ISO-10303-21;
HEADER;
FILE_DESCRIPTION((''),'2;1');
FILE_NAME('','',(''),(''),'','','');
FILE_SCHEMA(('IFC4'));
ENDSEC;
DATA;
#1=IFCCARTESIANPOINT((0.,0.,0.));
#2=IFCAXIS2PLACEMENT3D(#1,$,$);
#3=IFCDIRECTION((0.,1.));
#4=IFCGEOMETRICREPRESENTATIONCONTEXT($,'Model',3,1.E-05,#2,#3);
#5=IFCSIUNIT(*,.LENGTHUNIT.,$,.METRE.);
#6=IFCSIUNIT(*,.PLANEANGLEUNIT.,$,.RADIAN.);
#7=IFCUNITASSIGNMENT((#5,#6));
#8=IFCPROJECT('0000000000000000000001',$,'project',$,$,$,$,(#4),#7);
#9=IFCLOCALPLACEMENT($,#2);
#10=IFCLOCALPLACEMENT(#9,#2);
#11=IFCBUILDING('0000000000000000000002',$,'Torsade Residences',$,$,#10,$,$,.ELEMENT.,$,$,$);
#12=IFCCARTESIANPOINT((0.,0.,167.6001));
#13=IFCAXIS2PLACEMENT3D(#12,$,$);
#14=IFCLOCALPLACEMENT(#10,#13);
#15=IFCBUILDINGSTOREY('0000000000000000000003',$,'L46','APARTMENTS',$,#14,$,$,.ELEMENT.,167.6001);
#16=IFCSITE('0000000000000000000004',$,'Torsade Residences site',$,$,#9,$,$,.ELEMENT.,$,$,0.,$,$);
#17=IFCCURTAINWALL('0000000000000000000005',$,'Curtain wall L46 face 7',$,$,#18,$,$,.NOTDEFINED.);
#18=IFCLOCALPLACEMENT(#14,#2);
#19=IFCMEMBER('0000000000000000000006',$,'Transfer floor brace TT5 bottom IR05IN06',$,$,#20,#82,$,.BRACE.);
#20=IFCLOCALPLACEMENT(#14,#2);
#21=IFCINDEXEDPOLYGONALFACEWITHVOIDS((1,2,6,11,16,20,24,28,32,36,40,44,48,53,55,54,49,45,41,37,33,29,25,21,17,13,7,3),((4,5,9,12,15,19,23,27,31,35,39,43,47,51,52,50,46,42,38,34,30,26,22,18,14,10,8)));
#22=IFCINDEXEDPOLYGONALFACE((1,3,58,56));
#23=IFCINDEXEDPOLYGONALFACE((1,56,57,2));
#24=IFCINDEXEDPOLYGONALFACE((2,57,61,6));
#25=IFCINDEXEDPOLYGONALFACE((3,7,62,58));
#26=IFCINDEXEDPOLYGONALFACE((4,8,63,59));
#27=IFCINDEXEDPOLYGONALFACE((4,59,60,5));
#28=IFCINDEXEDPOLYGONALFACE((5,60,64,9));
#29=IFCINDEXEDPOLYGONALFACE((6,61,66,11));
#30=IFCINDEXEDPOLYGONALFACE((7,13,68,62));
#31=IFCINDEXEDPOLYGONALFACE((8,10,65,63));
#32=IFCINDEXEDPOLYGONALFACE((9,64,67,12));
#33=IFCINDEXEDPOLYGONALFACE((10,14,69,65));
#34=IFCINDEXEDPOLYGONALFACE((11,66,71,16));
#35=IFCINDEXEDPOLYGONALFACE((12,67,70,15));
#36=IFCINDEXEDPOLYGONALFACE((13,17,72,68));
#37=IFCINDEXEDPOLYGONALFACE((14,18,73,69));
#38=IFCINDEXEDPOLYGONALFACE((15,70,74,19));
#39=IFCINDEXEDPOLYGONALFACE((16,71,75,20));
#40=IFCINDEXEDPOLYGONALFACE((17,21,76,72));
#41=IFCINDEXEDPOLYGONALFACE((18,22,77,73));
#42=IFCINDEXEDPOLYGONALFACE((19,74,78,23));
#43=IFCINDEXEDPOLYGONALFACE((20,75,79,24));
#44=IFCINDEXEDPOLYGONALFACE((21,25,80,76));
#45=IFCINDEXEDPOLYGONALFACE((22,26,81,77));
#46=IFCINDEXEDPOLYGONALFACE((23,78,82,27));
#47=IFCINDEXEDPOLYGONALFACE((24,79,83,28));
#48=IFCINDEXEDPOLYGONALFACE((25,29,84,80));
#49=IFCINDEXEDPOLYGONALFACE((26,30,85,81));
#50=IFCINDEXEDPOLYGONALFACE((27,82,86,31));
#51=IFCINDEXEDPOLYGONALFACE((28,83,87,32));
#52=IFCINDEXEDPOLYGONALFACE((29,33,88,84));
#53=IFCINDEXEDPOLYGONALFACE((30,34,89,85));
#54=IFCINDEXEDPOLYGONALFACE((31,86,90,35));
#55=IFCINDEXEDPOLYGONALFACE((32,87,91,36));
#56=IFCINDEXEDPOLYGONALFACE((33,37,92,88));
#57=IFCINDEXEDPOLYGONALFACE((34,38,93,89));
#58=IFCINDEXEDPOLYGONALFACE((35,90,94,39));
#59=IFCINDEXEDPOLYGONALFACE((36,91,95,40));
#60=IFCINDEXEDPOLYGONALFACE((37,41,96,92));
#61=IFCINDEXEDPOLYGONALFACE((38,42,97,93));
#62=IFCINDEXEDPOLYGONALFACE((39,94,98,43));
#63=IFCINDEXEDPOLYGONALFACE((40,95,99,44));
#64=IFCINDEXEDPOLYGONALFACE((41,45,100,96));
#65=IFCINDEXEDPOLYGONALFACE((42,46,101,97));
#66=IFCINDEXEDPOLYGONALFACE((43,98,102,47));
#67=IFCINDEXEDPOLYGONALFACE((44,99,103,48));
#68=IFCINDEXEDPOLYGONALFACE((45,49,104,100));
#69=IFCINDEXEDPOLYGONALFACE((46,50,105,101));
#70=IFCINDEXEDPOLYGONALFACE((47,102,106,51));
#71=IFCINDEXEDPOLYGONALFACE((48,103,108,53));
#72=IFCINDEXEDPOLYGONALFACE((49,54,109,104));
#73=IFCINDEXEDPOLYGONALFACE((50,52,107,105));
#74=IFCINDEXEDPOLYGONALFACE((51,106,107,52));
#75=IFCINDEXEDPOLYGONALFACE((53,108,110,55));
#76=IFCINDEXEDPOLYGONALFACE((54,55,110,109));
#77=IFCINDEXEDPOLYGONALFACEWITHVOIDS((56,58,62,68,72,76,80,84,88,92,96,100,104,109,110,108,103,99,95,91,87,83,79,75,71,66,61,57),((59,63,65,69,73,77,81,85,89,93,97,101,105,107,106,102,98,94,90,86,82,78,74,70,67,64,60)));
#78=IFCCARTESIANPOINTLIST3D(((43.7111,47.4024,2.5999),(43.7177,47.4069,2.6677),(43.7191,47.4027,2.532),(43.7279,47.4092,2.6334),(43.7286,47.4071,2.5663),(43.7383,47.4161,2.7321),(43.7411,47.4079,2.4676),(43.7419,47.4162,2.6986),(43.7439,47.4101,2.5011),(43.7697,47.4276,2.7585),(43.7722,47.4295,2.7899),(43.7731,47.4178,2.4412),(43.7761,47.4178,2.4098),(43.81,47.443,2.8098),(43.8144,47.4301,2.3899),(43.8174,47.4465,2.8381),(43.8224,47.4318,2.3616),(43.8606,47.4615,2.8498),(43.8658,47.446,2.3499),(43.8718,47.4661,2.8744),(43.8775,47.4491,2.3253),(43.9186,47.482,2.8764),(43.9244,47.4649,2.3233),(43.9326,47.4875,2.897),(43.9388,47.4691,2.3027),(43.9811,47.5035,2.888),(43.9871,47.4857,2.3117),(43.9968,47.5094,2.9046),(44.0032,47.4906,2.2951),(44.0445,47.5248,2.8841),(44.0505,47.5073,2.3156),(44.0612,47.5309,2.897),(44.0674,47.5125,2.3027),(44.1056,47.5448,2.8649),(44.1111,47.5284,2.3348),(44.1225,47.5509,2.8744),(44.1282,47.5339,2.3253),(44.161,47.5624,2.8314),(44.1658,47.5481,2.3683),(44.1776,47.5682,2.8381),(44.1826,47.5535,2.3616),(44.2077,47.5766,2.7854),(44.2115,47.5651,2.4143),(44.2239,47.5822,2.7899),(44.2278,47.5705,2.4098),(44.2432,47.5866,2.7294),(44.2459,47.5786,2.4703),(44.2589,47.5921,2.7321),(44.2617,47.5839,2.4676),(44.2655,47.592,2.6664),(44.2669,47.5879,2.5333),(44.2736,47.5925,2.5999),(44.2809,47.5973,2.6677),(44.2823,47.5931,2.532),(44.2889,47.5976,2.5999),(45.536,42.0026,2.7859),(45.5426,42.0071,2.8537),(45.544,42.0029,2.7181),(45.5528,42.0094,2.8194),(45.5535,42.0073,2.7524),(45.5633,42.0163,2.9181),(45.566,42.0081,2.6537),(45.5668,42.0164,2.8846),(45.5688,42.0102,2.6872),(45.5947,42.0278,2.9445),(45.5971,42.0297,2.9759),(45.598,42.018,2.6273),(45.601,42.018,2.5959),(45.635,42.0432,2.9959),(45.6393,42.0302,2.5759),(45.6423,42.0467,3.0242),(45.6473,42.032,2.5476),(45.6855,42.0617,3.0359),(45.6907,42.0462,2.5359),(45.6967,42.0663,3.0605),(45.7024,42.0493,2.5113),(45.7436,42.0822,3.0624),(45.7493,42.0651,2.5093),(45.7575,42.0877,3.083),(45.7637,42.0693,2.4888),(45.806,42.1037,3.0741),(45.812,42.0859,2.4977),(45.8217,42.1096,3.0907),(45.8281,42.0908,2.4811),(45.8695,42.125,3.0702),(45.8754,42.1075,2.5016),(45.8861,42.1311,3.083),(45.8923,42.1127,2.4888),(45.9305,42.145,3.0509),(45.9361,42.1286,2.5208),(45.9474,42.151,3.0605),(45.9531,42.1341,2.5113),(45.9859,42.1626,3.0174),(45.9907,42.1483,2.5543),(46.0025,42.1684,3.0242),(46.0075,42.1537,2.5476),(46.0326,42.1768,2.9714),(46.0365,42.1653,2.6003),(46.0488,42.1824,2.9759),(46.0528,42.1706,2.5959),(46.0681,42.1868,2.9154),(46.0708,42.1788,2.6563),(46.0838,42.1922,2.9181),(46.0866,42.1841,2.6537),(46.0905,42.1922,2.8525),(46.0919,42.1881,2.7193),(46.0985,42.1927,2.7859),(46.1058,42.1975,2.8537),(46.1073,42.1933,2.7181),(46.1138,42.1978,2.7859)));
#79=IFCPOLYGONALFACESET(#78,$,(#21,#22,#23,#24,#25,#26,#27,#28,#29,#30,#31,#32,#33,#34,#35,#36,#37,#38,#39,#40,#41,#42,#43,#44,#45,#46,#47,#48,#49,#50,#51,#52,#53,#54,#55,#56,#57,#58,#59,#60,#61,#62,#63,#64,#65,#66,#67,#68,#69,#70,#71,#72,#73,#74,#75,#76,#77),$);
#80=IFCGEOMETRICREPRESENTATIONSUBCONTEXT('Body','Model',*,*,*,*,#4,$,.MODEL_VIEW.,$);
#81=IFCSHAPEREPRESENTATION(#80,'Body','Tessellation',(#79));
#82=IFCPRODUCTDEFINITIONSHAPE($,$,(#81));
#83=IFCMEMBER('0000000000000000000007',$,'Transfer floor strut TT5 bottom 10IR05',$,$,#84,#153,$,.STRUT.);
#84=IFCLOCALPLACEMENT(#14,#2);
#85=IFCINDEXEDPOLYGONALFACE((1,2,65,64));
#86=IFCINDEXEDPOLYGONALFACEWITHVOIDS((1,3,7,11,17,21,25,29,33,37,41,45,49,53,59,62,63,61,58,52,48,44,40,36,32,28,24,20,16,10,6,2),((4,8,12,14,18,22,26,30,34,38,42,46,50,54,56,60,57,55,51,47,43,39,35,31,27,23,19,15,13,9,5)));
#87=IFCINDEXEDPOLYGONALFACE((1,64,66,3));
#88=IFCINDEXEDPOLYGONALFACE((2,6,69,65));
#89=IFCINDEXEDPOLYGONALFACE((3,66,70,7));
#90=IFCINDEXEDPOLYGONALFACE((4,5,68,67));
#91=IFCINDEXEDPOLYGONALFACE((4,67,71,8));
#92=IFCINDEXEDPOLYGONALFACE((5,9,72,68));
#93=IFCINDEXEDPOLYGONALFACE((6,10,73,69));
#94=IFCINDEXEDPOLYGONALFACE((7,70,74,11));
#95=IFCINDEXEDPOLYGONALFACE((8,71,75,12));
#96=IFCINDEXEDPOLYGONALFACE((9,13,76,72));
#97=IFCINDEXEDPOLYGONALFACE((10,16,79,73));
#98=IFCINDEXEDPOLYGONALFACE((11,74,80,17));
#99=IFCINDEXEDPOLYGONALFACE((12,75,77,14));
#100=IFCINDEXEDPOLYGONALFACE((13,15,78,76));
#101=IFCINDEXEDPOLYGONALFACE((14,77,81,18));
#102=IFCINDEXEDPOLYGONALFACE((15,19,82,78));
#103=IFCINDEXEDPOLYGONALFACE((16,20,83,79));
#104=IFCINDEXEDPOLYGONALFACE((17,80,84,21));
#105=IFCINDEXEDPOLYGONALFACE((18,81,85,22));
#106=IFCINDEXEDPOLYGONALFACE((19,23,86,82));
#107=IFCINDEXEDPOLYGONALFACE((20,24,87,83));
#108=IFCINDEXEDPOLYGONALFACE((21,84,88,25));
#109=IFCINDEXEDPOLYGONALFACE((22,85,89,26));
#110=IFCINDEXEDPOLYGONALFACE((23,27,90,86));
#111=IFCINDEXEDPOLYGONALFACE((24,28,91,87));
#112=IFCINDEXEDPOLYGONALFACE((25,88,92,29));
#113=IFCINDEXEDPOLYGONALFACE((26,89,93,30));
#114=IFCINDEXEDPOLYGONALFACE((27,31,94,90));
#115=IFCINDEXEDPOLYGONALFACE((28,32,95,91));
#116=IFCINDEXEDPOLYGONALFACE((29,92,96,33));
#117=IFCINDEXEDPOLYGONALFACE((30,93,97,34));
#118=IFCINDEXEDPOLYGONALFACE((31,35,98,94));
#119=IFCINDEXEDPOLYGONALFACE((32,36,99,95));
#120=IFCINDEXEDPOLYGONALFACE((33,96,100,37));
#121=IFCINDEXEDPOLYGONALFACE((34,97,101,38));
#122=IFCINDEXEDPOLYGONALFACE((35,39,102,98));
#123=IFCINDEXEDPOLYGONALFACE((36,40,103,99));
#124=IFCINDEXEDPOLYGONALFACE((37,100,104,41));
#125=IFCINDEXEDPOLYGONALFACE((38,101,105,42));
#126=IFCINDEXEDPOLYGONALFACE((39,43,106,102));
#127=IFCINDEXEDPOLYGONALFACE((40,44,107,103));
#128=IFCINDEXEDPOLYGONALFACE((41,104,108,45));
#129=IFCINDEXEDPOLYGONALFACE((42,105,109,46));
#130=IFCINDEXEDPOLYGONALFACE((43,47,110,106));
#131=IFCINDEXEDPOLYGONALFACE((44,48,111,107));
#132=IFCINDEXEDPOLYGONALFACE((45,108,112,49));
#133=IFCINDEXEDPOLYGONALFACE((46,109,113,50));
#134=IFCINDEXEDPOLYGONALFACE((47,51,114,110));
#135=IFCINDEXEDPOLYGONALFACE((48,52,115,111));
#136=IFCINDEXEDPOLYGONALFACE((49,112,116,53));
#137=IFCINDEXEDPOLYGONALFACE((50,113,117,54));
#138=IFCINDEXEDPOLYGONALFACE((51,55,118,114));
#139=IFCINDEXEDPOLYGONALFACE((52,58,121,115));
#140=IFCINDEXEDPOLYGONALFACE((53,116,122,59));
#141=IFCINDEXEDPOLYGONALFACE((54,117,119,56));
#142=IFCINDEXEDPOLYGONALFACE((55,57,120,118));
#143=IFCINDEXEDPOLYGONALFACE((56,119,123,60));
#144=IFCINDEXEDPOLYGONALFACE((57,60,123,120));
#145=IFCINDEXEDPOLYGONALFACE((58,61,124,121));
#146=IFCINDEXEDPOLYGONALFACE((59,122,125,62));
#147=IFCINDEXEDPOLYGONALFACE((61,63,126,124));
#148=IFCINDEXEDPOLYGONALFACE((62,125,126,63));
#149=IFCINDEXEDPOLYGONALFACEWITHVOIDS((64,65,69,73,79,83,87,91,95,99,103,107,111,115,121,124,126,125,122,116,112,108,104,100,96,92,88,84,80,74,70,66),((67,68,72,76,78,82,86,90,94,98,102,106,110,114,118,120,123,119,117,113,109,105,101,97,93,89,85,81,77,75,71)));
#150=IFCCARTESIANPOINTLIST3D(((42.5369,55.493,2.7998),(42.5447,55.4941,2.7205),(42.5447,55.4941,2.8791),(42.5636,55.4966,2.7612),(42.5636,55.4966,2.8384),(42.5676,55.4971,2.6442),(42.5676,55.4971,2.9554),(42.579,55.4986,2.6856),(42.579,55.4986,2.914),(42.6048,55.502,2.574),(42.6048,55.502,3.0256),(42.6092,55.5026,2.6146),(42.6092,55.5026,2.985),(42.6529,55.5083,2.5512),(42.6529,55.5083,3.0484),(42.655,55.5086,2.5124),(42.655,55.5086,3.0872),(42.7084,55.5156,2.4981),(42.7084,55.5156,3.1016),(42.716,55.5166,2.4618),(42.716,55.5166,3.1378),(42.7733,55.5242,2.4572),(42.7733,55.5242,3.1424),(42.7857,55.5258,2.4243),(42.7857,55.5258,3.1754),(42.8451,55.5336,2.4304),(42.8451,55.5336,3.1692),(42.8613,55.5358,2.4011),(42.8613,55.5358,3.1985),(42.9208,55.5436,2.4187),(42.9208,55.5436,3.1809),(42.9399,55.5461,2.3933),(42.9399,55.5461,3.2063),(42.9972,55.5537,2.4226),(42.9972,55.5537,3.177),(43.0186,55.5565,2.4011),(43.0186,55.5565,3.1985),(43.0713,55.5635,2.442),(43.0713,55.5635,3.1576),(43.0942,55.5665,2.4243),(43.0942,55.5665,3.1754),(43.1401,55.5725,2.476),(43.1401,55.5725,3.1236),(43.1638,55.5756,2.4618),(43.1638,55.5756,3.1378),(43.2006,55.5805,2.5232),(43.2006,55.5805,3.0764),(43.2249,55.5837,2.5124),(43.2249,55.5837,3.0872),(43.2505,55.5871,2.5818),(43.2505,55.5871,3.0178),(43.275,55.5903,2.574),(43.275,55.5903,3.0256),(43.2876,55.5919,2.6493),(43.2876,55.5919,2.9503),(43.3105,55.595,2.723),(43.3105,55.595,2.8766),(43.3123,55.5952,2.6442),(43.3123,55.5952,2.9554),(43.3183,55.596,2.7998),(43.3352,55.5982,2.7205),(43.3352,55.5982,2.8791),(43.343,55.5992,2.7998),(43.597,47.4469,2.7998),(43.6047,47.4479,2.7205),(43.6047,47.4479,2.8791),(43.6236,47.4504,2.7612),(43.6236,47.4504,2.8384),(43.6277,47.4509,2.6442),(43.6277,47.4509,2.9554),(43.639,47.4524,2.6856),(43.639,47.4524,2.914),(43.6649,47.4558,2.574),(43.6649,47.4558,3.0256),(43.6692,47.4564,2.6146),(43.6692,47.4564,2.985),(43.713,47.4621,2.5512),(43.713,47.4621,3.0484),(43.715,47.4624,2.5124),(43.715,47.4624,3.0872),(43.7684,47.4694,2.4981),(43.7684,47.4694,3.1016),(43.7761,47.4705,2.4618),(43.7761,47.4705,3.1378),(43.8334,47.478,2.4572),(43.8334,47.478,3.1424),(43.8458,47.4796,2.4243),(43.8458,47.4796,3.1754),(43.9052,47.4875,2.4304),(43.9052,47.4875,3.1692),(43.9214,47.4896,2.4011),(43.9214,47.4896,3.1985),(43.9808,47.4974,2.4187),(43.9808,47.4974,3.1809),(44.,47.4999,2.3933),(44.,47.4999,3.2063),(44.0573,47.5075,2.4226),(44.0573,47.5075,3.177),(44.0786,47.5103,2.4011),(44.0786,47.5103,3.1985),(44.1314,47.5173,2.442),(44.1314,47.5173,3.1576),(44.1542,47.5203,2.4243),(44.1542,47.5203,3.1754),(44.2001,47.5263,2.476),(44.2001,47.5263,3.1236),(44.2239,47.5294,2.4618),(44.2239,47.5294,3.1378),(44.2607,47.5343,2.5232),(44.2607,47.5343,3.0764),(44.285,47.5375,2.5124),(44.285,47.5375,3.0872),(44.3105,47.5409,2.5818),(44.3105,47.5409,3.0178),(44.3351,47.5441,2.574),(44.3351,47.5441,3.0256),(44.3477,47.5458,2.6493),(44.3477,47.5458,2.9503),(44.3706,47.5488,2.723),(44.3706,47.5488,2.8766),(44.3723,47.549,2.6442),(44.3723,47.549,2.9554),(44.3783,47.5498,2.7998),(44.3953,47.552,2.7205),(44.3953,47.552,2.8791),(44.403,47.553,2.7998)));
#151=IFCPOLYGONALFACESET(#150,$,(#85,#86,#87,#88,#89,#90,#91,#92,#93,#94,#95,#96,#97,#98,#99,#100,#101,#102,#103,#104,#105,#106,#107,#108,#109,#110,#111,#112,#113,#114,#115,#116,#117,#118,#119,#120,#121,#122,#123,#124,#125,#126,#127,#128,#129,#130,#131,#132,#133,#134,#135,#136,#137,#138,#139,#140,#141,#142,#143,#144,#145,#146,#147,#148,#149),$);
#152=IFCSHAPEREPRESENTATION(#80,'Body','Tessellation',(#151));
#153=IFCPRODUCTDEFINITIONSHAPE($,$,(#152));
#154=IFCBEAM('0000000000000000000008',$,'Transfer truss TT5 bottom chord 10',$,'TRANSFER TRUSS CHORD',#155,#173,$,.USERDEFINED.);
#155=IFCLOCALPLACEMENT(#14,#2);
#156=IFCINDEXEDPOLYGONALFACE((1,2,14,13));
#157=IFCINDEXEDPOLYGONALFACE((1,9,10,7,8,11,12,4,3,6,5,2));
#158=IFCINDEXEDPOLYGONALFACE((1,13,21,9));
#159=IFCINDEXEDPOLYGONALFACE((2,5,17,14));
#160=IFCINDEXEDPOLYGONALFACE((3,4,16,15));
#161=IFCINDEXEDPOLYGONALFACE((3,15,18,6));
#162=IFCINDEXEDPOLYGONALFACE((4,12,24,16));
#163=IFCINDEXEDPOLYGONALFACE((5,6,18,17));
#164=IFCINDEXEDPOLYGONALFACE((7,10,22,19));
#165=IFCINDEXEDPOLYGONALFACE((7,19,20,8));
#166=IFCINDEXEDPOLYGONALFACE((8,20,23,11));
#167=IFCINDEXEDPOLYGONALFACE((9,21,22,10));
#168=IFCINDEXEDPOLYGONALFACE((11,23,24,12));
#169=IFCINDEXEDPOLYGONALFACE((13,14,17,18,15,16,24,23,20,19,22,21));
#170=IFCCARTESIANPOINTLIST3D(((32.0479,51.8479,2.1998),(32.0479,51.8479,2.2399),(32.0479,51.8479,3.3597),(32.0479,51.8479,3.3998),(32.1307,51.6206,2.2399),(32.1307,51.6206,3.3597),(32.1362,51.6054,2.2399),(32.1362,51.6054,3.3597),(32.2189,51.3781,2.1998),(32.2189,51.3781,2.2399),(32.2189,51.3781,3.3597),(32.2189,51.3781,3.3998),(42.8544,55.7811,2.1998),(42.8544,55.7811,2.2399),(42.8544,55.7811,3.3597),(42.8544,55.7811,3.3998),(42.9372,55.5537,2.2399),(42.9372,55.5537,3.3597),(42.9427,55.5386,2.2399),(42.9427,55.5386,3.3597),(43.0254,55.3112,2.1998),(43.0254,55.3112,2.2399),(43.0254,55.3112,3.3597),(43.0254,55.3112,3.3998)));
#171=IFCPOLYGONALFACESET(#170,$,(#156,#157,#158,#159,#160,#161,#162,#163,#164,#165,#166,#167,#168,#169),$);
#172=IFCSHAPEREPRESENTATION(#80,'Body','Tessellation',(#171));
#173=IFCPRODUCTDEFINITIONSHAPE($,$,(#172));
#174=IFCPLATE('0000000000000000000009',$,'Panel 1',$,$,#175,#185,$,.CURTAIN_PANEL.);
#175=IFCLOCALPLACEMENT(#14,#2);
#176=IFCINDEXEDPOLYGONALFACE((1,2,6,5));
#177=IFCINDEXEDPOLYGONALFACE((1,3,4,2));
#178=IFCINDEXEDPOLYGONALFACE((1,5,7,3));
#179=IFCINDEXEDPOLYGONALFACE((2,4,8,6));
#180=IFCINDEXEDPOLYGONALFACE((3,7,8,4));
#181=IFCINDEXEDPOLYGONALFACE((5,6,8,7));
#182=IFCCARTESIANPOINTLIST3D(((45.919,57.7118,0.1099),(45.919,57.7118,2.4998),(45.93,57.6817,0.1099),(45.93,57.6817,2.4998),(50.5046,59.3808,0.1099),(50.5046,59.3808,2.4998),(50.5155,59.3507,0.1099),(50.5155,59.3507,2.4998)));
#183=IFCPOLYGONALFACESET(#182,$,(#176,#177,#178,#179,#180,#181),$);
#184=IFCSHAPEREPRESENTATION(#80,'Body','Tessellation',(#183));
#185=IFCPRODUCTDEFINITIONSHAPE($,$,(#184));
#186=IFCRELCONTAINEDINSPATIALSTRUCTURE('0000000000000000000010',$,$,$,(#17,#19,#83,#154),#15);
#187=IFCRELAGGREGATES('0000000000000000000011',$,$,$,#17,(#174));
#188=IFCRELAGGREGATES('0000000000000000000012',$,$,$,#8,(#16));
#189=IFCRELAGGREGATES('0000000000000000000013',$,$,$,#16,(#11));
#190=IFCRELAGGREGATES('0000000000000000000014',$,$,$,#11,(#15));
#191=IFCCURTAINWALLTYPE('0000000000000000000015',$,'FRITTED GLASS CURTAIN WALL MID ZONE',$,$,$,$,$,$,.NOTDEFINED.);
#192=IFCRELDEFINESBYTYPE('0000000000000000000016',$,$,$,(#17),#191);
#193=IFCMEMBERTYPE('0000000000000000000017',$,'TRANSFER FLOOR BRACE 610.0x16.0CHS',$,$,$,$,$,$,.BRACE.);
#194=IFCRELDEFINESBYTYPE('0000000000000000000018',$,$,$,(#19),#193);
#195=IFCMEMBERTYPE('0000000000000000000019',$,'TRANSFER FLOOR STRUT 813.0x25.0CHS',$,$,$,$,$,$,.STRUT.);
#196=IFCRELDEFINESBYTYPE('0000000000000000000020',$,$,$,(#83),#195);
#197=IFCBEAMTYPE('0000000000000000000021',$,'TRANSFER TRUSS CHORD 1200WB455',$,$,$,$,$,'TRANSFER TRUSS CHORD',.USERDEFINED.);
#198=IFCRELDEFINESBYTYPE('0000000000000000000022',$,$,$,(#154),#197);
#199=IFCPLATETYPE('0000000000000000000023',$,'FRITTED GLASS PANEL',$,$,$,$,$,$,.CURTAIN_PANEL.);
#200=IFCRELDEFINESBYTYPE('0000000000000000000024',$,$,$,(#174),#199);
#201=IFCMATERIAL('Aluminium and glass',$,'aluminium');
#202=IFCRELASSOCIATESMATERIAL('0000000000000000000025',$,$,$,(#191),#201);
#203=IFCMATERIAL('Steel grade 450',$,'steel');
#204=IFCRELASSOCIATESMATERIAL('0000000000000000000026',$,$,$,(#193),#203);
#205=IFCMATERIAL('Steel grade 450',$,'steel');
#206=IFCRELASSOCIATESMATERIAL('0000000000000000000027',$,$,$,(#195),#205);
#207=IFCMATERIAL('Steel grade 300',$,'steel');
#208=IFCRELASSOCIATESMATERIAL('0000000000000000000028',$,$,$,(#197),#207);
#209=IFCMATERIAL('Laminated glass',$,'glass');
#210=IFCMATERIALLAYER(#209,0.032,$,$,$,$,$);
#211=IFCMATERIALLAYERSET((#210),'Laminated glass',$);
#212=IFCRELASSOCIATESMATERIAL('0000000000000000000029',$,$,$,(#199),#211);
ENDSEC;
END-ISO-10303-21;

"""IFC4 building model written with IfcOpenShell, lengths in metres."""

from ifc_helpers import new_model, si_unit, direction, frame, origin, origin_2d, place, context, subcontext, project, spatial, rectangle, hollow_circle, i_section, extrude, material, layer, layer_set, material_profile, profile_set, type_object, element, aggregate, save


model = new_model("IFC4")

# Units and contexts
model_context = context("Model", 3, precision=1e-05, world=origin(), true_north=direction((0.0, 1.0)))
body_context = subcontext(model_context, "Body", "Model", "MODEL_VIEW")
ifc_project = project(units=[si_unit("LENGTHUNIT", "METRE"), si_unit("PLANEANGLEUNIT", "RADIAN")], contexts=[model_context])

# Site, building, storey
site_placement = place(None, origin())
site = spatial("IfcSite", under=ifc_project, at=site_placement, Name="Torsade Residences site", CompositionType="ELEMENT", RefElevation=0.0)
building_placement = place(site_placement, origin())
building = spatial("IfcBuilding", under=site, at=building_placement, Name="Torsade Residences", CompositionType="ELEMENT")
storey_placement = place(building_placement, frame((0.0, 0.0, 167.6001)))
storey = spatial("IfcBuildingStorey", under=building, at=storey_placement, Name="L46", Description="APARTMENTS", CompositionType="ELEMENT", Elevation=167.6001)

# Curtain wall
ifc_material_1 = material(Name="Aluminium and glass", Category="aluminium")
curtain_wall_type = type_object("IfcCurtainWallType", Name="FRITTED GLASS CURTAIN WALL MID ZONE", PredefinedType="NOTDEFINED", material=ifc_material_1)
curtain_wall_placement = place(storey_placement, origin())
curtain_wall = element("IfcCurtainWall", 1, at=curtain_wall_placement, inside=storey, type_object=curtain_wall_type, Name="Curtain wall L46 face 7", PredefinedType="NOTDEFINED")

# Members
ifc_material_2 = material(Name="Steel grade 450", Category="steel")
ifc_material_profile_1 = material_profile(ifc_material_2, hollow_circle(Radius=0.3049, WallThickness=0.0161, at=origin_2d()), Name="610.0x16.0CHS")
ifc_profile_set_1 = profile_set([ifc_material_profile_1], Name="Steel grade 450")
member_type_1 = type_object("IfcMemberType", Name="TRANSFER FLOOR BRACE 610.0x16.0CHS", PredefinedType="BRACE", material=ifc_profile_set_1)
member_1_placement = place(storey_placement, frame((44.0, 47.5, 2.5999), z_axis=(0.319999, -0.946856, 0.032621), x_axis=(0.94736, 0.32017, 0.0)))
element("IfcMember", 2, at=member_1_placement, inside=storey, type_object=member_type_1, Name="Transfer floor brace TT5 bottom IR05IN06", PredefinedType="BRACE", context=body_context, shape_type="SweptSolid", body=[
    extrude(hollow_circle(Radius=0.3049, WallThickness=0.0161, at=origin_2d()), origin(), (0.0, 0.0, 1.0), 5.7029),
])
ifc_material_3 = material(Name="Steel grade 450", Category="steel")
ifc_material_profile_2 = material_profile(ifc_material_3, hollow_circle(Radius=0.4065, WallThickness=0.0249, at=origin_2d()), Name="813.0x25.0CHS")
ifc_profile_set_2 = profile_set([ifc_material_profile_2], Name="Steel grade 450")
member_type_2 = type_object("IfcMemberType", Name="TRANSFER FLOOR STRUT 813.0x25.0CHS", PredefinedType="STRUT", material=ifc_profile_set_2)
member_2_placement = place(storey_placement, frame((42.9399, 55.5461, 2.7998), z_axis=(0.130619, -0.991433, 0.0), x_axis=(0.991433, 0.130619, 0.0)))
element("IfcMember", 3, at=member_2_placement, inside=storey, type_object=member_type_2, Name="Transfer floor strut TT5 bottom 10IR05", PredefinedType="STRUT", context=body_context, shape_type="SweptSolid", body=[
    extrude(hollow_circle(Radius=0.4065, WallThickness=0.0249, at=origin_2d()), origin(), (0.0, 0.0, 1.0), 8.1157),
])

# Beam
ifc_material_4 = material(Name="Steel grade 300", Category="steel")
ifc_material_profile_3 = material_profile(ifc_material_4, i_section(OverallWidth=0.5, OverallDepth=1.2, WebThickness=0.0161, FlangeThickness=0.04, at=origin_2d()), Name="1200WB455")
ifc_profile_set_3 = profile_set([ifc_material_profile_3], Name="Steel grade 300")
beam_type_1 = type_object("IfcBeamType", Name="TRANSFER TRUSS CHORD 1200WB455", ElementType="TRANSFER TRUSS CHORD", PredefinedType="USERDEFINED", material=ifc_profile_set_3)
beam_1_placement = place(storey_placement, frame((42.9399, 55.5461, 2.7998), z_axis=(-0.939695, -0.342012, 0.0), x_axis=(0.342012, -0.939695, 0.0)))
element("IfcBeam", 4, at=beam_1_placement, inside=storey, type_object=beam_type_1, Name="Transfer truss TT5 bottom chord 10", ObjectType="TRANSFER TRUSS CHORD", PredefinedType="USERDEFINED", context=body_context, shape_type="SweptSolid", body=[
    extrude(i_section(OverallWidth=0.5, OverallDepth=1.2, WebThickness=0.0161, FlangeThickness=0.04, at=origin_2d()), origin(), (0.0, 0.0, 1.0), 11.5),
])

# Plate
ifc_material_5 = material(Name="Laminated glass", Category="glass")
ifc_layer_1 = layer(ifc_material_5, 0.032)
ifc_layer_set_1 = layer_set([ifc_layer_1], Name="Laminated glass")
plate_type_1 = type_object("IfcPlateType", Name="FRITTED GLASS PANEL", PredefinedType="CURTAIN_PANEL", material=ifc_layer_set_1)
plate_1_placement = place(storey_placement, frame((48.2173, 58.5312, 0.1099), z_axis=(0.0, 0.0, 1.0), x_axis=(-0.939693, -0.34202, 0.0)))
plate_1 = element("IfcPlate", 5, at=plate_1_placement, type_object=plate_type_1, Name="Panel 1", PredefinedType="CURTAIN_PANEL", context=body_context, shape_type="SweptSolid", body=[
    extrude(rectangle(XDim=4.8799, YDim=0.032, at=origin_2d()), origin(), (0.0, 0.0, 1.0), 2.3899),
])
aggregate(curtain_wall, [plate_1])

save(model, "model.ifc")
